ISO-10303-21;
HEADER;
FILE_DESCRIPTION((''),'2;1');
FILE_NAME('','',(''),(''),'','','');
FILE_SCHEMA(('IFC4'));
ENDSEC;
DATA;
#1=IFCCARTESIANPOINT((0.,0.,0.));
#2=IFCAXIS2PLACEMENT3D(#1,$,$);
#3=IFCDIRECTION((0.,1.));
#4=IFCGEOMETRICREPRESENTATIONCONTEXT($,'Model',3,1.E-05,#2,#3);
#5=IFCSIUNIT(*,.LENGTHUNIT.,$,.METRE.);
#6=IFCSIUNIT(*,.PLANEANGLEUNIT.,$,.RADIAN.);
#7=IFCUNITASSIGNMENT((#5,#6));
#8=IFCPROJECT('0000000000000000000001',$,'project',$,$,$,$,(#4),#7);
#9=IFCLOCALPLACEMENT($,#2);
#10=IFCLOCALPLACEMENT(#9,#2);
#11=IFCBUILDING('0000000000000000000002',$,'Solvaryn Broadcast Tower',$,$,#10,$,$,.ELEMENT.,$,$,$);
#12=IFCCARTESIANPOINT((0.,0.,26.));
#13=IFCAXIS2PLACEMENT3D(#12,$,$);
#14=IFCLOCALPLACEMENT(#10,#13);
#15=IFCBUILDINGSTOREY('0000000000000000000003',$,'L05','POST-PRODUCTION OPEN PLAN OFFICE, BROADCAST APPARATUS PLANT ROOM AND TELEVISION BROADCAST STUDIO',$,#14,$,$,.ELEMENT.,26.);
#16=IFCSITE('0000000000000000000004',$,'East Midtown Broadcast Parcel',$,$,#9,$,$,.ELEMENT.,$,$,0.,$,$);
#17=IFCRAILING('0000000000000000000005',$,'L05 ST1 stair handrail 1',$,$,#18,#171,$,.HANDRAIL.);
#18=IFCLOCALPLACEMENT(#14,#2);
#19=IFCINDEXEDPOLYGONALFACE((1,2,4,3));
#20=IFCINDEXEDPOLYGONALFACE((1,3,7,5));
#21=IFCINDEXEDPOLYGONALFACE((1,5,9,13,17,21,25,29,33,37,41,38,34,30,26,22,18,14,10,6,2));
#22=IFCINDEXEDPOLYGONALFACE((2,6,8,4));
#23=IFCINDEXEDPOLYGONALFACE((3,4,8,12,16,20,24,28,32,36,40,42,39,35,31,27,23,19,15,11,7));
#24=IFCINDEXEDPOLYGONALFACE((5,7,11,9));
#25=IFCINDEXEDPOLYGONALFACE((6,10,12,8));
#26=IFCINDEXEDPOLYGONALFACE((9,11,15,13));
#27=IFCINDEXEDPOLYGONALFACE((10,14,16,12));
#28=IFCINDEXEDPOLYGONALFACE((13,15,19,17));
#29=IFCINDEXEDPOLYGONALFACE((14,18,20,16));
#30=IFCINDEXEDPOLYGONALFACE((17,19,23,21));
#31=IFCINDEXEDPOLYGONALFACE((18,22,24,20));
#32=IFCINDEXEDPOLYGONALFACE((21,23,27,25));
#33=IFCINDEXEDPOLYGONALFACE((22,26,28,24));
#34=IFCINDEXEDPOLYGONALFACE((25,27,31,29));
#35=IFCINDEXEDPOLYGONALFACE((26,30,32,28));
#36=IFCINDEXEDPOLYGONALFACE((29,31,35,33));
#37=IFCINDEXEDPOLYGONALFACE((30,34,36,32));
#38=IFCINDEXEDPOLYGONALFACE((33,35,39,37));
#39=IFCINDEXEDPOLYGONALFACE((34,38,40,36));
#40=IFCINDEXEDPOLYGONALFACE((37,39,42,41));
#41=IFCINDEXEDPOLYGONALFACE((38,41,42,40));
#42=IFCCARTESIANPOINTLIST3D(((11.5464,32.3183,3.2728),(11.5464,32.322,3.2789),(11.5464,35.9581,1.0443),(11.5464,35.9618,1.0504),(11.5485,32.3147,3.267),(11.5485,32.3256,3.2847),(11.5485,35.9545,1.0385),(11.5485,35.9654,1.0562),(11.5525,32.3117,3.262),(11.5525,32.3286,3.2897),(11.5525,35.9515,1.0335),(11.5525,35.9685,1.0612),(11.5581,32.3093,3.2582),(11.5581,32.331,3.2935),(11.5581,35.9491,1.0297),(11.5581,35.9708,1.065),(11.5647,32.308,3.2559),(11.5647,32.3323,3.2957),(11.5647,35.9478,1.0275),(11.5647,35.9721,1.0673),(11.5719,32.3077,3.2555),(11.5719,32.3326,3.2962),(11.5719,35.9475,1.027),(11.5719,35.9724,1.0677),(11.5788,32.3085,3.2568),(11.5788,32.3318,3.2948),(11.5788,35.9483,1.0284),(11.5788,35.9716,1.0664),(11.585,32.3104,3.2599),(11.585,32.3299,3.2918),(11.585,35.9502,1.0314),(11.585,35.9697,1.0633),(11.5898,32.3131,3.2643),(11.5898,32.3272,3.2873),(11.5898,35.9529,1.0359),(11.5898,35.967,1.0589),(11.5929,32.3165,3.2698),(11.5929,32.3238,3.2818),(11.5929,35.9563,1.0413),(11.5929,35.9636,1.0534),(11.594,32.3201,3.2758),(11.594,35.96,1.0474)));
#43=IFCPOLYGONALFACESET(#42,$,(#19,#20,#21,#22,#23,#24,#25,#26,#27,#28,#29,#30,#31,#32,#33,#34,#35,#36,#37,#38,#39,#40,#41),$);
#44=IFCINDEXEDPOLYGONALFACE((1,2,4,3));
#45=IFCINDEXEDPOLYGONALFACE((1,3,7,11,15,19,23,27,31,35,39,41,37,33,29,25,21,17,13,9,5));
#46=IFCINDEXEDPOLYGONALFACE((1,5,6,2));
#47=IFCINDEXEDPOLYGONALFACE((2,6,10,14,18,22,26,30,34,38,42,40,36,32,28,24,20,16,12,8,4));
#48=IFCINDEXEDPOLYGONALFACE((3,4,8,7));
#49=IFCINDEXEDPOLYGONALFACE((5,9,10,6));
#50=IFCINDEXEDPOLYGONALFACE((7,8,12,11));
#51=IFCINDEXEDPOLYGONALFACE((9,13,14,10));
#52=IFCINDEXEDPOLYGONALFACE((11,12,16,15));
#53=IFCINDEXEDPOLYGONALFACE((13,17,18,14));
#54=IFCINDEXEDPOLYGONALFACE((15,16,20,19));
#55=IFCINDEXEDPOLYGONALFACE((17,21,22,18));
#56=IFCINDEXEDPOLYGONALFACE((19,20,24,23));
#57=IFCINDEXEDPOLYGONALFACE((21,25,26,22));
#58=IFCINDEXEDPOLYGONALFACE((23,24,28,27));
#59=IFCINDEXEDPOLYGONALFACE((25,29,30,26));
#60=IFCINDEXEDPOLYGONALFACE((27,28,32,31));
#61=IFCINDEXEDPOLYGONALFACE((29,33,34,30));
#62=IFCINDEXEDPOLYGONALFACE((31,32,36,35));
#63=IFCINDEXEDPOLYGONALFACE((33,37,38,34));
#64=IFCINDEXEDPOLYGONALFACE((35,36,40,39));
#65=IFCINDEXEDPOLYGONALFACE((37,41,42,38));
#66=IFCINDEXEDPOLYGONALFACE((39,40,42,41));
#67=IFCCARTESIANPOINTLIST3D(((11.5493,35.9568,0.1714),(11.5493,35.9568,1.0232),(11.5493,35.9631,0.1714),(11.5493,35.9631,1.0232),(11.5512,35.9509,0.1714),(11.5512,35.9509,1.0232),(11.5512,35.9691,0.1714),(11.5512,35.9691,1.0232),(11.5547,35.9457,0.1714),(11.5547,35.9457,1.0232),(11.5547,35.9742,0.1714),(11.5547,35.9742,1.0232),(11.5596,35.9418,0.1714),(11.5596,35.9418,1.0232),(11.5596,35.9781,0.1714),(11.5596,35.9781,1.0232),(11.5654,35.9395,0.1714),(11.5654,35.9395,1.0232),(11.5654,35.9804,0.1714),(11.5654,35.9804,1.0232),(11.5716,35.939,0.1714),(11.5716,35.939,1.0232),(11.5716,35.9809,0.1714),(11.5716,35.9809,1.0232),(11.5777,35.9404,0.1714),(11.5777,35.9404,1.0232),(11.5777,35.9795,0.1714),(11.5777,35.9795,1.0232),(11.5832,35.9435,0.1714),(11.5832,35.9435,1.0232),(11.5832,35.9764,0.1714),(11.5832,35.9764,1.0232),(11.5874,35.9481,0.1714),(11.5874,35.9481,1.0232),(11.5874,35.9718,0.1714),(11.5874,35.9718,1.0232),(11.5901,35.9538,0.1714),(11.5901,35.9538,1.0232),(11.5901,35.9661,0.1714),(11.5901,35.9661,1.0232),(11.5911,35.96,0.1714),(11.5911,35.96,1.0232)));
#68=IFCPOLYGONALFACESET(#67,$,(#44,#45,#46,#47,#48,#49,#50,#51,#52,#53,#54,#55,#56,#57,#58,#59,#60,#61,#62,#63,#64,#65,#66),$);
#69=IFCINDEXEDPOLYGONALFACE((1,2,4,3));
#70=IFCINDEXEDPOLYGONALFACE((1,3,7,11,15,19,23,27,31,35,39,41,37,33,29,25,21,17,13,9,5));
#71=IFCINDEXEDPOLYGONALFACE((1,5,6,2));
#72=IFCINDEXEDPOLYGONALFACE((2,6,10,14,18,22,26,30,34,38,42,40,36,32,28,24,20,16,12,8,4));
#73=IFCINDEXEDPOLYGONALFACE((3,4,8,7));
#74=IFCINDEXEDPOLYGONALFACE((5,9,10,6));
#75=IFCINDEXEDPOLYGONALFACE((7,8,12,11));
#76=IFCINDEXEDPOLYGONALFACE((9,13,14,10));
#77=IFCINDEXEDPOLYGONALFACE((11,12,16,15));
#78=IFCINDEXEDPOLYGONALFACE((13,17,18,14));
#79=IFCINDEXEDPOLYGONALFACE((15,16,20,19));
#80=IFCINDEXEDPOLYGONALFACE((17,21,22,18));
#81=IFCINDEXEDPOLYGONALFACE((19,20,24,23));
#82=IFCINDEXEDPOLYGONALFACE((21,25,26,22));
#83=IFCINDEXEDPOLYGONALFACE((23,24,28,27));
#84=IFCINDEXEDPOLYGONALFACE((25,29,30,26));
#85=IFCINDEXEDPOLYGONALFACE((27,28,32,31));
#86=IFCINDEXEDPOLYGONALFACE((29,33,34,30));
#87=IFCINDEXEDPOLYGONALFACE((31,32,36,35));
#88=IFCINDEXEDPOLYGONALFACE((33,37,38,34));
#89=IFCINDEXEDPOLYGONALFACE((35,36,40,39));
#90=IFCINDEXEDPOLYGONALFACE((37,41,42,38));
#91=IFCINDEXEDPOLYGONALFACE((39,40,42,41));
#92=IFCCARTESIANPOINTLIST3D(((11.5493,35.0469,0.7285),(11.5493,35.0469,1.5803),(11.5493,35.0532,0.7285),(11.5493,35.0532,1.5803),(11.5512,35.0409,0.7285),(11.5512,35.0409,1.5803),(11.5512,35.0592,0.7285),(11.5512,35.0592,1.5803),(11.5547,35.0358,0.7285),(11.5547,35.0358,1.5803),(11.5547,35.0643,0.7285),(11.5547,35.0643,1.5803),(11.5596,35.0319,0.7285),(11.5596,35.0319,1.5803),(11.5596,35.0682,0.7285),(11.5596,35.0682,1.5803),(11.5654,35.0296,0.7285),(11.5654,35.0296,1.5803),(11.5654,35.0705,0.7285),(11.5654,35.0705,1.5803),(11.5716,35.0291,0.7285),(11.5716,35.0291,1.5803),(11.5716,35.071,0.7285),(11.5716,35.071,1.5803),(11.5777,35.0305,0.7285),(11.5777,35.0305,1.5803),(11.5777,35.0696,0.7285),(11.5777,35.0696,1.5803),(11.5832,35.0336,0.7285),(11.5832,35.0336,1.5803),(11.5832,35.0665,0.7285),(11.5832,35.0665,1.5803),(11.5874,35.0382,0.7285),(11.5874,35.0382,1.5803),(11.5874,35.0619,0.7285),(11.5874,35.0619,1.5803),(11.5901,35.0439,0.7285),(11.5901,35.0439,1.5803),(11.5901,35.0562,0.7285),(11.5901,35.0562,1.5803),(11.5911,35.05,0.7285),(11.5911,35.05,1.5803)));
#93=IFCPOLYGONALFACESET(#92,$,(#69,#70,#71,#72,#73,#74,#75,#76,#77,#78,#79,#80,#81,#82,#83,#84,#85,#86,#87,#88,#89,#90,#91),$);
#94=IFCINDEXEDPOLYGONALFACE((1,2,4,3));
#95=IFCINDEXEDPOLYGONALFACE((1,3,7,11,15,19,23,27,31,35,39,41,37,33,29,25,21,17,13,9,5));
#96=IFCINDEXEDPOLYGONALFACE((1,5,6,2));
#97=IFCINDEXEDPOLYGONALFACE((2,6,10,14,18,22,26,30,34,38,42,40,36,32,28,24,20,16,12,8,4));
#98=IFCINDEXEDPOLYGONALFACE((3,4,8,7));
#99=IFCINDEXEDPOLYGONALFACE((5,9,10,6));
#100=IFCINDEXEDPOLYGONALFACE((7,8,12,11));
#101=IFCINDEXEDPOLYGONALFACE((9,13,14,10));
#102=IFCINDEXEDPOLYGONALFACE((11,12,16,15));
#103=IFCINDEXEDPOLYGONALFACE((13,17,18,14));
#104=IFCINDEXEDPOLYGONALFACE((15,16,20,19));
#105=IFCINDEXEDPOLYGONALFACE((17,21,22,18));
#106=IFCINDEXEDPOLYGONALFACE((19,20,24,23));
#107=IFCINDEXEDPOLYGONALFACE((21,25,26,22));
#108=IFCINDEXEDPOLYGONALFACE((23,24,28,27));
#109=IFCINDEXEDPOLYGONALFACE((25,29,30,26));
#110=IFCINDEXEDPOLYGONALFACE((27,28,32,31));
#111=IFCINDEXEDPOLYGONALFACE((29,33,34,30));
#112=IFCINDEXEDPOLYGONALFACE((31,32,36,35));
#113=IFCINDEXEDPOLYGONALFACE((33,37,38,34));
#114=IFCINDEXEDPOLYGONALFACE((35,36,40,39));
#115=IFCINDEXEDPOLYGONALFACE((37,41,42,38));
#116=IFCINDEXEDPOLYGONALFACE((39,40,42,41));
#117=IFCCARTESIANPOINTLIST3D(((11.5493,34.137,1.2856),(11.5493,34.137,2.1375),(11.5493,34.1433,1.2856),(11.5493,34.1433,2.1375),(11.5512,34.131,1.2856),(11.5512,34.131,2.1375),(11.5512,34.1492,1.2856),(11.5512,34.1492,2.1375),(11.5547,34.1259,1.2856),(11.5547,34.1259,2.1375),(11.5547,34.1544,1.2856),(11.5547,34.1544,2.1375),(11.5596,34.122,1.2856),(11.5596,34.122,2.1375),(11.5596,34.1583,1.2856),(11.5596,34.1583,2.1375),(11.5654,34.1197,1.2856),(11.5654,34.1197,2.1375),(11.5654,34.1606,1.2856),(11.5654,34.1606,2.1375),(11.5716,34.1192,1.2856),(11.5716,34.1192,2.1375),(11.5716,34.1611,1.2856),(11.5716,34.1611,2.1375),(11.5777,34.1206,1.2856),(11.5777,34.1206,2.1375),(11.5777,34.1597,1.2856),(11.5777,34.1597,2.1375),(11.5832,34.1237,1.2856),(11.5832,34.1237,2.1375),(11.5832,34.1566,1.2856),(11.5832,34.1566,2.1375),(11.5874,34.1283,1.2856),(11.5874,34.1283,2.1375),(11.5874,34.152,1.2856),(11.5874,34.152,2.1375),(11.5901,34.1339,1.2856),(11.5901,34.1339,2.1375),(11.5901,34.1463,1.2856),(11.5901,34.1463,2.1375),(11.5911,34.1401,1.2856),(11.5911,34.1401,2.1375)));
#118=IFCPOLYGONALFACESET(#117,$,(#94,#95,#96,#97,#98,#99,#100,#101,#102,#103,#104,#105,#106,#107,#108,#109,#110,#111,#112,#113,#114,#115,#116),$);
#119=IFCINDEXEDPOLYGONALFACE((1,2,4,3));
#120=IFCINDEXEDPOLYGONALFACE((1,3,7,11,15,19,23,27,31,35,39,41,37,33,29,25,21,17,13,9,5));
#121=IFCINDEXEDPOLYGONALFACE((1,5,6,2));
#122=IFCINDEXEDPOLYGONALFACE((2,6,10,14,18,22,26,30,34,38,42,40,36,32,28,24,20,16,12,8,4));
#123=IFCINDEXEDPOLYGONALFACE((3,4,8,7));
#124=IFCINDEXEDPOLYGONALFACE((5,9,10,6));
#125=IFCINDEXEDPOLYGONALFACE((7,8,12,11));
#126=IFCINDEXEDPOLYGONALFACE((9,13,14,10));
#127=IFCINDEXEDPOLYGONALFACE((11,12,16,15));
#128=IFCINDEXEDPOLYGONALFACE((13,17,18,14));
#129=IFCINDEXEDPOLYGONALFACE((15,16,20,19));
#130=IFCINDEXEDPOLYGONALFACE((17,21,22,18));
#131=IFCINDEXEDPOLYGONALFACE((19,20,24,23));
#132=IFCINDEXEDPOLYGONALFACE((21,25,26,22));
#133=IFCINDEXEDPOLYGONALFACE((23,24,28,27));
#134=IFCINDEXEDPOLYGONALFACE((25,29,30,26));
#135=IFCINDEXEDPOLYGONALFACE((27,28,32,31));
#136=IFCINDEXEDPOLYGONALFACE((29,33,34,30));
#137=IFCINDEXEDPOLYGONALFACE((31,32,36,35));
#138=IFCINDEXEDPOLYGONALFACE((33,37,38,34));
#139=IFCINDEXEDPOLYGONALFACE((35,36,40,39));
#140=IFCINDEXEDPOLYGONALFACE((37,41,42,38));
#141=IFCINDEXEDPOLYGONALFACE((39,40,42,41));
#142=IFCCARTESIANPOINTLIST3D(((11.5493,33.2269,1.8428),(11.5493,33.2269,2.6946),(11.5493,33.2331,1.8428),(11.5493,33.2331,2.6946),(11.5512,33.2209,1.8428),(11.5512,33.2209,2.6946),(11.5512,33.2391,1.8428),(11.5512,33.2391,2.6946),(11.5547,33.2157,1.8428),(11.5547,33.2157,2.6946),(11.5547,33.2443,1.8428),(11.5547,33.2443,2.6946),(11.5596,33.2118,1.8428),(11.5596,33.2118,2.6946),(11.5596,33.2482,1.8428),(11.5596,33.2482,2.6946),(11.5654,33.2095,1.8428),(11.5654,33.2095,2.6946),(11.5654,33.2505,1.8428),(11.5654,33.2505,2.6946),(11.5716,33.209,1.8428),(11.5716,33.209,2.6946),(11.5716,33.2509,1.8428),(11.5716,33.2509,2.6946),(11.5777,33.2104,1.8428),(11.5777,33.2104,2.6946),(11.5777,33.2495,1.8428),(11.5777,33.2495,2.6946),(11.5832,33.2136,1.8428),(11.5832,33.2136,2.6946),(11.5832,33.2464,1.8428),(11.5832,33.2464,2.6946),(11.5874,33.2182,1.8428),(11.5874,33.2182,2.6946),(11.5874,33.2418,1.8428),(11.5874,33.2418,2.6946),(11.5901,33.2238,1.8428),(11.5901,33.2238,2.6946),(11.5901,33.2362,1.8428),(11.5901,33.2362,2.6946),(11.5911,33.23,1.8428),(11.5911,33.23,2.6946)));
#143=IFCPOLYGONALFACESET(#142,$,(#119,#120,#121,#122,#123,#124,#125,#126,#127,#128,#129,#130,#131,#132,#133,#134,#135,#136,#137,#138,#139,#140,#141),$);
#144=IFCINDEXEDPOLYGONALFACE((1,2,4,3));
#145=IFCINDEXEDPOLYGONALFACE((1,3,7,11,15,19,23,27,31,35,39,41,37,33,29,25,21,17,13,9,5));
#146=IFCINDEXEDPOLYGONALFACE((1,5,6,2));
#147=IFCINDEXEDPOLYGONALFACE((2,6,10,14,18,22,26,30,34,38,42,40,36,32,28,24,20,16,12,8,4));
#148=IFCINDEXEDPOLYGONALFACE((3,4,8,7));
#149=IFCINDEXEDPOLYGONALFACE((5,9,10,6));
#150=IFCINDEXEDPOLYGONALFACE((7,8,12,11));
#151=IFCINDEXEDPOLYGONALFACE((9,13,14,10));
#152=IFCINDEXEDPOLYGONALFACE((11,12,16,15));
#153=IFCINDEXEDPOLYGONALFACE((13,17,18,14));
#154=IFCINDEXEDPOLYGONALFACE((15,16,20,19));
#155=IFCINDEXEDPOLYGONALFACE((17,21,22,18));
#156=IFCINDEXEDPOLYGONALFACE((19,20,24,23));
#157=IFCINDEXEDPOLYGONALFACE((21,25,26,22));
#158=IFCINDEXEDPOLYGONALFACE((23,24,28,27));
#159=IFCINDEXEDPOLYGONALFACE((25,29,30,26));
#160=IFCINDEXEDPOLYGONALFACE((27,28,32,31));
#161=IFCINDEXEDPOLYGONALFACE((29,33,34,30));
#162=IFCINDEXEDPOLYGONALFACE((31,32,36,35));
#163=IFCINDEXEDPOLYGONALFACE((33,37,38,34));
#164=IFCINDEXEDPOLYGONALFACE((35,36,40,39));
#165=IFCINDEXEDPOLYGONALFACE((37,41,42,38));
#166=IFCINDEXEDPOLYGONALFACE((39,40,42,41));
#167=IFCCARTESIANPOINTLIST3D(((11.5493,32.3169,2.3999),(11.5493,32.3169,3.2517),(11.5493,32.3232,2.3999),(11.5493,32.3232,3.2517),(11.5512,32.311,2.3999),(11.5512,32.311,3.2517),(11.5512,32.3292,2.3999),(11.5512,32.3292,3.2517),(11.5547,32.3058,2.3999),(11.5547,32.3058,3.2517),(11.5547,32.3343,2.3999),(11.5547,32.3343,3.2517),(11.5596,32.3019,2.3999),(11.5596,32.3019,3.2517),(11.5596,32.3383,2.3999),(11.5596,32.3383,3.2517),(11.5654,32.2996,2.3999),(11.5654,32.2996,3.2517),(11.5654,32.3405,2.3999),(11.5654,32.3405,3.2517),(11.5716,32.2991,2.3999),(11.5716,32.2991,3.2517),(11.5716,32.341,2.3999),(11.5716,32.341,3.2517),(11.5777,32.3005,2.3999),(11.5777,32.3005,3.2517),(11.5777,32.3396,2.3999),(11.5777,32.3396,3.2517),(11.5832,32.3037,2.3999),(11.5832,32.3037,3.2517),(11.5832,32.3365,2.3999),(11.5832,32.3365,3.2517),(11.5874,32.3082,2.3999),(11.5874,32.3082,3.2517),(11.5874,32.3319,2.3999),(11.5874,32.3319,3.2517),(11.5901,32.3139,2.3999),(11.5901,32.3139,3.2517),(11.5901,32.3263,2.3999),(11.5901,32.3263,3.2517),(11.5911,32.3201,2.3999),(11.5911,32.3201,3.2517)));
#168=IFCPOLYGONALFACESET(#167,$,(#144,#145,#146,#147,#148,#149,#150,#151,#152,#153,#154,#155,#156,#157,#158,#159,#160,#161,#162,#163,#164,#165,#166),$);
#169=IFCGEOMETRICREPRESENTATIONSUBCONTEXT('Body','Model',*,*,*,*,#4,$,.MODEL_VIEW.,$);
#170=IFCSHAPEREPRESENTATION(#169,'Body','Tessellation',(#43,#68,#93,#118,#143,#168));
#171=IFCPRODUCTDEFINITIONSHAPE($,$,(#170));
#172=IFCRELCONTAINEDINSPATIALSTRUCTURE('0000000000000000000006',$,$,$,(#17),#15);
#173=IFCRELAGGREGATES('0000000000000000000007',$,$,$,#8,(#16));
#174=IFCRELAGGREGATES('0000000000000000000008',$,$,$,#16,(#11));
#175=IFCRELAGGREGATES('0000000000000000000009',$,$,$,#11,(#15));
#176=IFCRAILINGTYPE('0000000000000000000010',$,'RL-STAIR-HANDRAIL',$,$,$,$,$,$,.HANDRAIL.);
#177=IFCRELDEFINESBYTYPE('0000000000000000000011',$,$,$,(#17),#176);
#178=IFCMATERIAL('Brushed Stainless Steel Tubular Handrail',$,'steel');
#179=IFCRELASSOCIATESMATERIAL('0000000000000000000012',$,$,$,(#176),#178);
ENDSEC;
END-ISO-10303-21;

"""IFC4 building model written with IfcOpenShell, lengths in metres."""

from ifc_helpers import new_model, si_unit, direction, frame, origin, origin_2d, place, context, subcontext, project, spatial, circle, extrude, material, type_object, element, save


model = new_model("IFC4")

# Units and contexts
model_context = context("Model", 3, precision=1e-05, world=origin(), true_north=direction((0.0, 1.0)))
body_context = subcontext(model_context, "Body", "Model", "MODEL_VIEW")
ifc_project = project(units=[si_unit("LENGTHUNIT", "METRE"), si_unit("PLANEANGLEUNIT", "RADIAN")], contexts=[model_context])

# Site, building, storey
site_placement = place(None, origin())
site = spatial("IfcSite", under=ifc_project, at=site_placement, Name="East Midtown Broadcast Parcel", CompositionType="ELEMENT", RefElevation=0.0)
building_placement = place(site_placement, origin())
building = spatial("IfcBuilding", under=site, at=building_placement, Name="Solvaryn Broadcast Tower", CompositionType="ELEMENT")
storey_placement = place(building_placement, frame((0.0, 0.0, 26.0)))
storey = spatial("IfcBuildingStorey", under=building, at=storey_placement, Name="L05", Description="POST-PRODUCTION OPEN PLAN OFFICE, BROADCAST APPARATUS PLANT ROOM AND TELEVISION BROADCAST STUDIO", CompositionType="ELEMENT", Elevation=26.0)

# Railing
ifc_material_1 = material(Name="Brushed Stainless Steel Tubular Handrail", Category="steel")
railing_type_1 = type_object("IfcRailingType", Name="RL-STAIR-HANDRAIL", PredefinedType="HANDRAIL", material=ifc_material_1)
railing_1_placement = place(storey_placement, frame((11.5701, 35.96, 0.1714)))
element("IfcRailing", 1, at=railing_1_placement, inside=storey, type_object=railing_type_1, Name="L05 ST1 stair handrail 1", PredefinedType="HANDRAIL", context=body_context, shape_type="SweptSolid", body=[
    extrude(circle(Radius=0.0239, at=origin_2d()), frame((0.0, 0.0, 0.876), z_axis=(0.0, -0.85285, 0.522156), x_axis=(1.0, 0.0, 0.0)), (0.0, 0.0, 1.0), 4.2678),
    extrude(circle(Radius=0.021, at=origin_2d()), origin(), (0.0, 0.0, 1.0), 0.8518),
    extrude(circle(Radius=0.021, at=origin_2d()), frame((0.0, -0.9099, 0.5571)), (0.0, 0.0, 1.0), 0.8518),
    extrude(circle(Radius=0.021, at=origin_2d()), frame((0.0, -1.8198, 1.1143)), (0.0, 0.0, 1.0), 0.8518),
    extrude(circle(Radius=0.021, at=origin_2d()), frame((0.0, -2.73, 1.6714)), (0.0, 0.0, 1.0), 0.8518),
    extrude(circle(Radius=0.021, at=origin_2d()), frame((0.0, -3.6399, 2.2285)), (0.0, 0.0, 1.0), 0.8518),
])

save(model, "model.ifc")
